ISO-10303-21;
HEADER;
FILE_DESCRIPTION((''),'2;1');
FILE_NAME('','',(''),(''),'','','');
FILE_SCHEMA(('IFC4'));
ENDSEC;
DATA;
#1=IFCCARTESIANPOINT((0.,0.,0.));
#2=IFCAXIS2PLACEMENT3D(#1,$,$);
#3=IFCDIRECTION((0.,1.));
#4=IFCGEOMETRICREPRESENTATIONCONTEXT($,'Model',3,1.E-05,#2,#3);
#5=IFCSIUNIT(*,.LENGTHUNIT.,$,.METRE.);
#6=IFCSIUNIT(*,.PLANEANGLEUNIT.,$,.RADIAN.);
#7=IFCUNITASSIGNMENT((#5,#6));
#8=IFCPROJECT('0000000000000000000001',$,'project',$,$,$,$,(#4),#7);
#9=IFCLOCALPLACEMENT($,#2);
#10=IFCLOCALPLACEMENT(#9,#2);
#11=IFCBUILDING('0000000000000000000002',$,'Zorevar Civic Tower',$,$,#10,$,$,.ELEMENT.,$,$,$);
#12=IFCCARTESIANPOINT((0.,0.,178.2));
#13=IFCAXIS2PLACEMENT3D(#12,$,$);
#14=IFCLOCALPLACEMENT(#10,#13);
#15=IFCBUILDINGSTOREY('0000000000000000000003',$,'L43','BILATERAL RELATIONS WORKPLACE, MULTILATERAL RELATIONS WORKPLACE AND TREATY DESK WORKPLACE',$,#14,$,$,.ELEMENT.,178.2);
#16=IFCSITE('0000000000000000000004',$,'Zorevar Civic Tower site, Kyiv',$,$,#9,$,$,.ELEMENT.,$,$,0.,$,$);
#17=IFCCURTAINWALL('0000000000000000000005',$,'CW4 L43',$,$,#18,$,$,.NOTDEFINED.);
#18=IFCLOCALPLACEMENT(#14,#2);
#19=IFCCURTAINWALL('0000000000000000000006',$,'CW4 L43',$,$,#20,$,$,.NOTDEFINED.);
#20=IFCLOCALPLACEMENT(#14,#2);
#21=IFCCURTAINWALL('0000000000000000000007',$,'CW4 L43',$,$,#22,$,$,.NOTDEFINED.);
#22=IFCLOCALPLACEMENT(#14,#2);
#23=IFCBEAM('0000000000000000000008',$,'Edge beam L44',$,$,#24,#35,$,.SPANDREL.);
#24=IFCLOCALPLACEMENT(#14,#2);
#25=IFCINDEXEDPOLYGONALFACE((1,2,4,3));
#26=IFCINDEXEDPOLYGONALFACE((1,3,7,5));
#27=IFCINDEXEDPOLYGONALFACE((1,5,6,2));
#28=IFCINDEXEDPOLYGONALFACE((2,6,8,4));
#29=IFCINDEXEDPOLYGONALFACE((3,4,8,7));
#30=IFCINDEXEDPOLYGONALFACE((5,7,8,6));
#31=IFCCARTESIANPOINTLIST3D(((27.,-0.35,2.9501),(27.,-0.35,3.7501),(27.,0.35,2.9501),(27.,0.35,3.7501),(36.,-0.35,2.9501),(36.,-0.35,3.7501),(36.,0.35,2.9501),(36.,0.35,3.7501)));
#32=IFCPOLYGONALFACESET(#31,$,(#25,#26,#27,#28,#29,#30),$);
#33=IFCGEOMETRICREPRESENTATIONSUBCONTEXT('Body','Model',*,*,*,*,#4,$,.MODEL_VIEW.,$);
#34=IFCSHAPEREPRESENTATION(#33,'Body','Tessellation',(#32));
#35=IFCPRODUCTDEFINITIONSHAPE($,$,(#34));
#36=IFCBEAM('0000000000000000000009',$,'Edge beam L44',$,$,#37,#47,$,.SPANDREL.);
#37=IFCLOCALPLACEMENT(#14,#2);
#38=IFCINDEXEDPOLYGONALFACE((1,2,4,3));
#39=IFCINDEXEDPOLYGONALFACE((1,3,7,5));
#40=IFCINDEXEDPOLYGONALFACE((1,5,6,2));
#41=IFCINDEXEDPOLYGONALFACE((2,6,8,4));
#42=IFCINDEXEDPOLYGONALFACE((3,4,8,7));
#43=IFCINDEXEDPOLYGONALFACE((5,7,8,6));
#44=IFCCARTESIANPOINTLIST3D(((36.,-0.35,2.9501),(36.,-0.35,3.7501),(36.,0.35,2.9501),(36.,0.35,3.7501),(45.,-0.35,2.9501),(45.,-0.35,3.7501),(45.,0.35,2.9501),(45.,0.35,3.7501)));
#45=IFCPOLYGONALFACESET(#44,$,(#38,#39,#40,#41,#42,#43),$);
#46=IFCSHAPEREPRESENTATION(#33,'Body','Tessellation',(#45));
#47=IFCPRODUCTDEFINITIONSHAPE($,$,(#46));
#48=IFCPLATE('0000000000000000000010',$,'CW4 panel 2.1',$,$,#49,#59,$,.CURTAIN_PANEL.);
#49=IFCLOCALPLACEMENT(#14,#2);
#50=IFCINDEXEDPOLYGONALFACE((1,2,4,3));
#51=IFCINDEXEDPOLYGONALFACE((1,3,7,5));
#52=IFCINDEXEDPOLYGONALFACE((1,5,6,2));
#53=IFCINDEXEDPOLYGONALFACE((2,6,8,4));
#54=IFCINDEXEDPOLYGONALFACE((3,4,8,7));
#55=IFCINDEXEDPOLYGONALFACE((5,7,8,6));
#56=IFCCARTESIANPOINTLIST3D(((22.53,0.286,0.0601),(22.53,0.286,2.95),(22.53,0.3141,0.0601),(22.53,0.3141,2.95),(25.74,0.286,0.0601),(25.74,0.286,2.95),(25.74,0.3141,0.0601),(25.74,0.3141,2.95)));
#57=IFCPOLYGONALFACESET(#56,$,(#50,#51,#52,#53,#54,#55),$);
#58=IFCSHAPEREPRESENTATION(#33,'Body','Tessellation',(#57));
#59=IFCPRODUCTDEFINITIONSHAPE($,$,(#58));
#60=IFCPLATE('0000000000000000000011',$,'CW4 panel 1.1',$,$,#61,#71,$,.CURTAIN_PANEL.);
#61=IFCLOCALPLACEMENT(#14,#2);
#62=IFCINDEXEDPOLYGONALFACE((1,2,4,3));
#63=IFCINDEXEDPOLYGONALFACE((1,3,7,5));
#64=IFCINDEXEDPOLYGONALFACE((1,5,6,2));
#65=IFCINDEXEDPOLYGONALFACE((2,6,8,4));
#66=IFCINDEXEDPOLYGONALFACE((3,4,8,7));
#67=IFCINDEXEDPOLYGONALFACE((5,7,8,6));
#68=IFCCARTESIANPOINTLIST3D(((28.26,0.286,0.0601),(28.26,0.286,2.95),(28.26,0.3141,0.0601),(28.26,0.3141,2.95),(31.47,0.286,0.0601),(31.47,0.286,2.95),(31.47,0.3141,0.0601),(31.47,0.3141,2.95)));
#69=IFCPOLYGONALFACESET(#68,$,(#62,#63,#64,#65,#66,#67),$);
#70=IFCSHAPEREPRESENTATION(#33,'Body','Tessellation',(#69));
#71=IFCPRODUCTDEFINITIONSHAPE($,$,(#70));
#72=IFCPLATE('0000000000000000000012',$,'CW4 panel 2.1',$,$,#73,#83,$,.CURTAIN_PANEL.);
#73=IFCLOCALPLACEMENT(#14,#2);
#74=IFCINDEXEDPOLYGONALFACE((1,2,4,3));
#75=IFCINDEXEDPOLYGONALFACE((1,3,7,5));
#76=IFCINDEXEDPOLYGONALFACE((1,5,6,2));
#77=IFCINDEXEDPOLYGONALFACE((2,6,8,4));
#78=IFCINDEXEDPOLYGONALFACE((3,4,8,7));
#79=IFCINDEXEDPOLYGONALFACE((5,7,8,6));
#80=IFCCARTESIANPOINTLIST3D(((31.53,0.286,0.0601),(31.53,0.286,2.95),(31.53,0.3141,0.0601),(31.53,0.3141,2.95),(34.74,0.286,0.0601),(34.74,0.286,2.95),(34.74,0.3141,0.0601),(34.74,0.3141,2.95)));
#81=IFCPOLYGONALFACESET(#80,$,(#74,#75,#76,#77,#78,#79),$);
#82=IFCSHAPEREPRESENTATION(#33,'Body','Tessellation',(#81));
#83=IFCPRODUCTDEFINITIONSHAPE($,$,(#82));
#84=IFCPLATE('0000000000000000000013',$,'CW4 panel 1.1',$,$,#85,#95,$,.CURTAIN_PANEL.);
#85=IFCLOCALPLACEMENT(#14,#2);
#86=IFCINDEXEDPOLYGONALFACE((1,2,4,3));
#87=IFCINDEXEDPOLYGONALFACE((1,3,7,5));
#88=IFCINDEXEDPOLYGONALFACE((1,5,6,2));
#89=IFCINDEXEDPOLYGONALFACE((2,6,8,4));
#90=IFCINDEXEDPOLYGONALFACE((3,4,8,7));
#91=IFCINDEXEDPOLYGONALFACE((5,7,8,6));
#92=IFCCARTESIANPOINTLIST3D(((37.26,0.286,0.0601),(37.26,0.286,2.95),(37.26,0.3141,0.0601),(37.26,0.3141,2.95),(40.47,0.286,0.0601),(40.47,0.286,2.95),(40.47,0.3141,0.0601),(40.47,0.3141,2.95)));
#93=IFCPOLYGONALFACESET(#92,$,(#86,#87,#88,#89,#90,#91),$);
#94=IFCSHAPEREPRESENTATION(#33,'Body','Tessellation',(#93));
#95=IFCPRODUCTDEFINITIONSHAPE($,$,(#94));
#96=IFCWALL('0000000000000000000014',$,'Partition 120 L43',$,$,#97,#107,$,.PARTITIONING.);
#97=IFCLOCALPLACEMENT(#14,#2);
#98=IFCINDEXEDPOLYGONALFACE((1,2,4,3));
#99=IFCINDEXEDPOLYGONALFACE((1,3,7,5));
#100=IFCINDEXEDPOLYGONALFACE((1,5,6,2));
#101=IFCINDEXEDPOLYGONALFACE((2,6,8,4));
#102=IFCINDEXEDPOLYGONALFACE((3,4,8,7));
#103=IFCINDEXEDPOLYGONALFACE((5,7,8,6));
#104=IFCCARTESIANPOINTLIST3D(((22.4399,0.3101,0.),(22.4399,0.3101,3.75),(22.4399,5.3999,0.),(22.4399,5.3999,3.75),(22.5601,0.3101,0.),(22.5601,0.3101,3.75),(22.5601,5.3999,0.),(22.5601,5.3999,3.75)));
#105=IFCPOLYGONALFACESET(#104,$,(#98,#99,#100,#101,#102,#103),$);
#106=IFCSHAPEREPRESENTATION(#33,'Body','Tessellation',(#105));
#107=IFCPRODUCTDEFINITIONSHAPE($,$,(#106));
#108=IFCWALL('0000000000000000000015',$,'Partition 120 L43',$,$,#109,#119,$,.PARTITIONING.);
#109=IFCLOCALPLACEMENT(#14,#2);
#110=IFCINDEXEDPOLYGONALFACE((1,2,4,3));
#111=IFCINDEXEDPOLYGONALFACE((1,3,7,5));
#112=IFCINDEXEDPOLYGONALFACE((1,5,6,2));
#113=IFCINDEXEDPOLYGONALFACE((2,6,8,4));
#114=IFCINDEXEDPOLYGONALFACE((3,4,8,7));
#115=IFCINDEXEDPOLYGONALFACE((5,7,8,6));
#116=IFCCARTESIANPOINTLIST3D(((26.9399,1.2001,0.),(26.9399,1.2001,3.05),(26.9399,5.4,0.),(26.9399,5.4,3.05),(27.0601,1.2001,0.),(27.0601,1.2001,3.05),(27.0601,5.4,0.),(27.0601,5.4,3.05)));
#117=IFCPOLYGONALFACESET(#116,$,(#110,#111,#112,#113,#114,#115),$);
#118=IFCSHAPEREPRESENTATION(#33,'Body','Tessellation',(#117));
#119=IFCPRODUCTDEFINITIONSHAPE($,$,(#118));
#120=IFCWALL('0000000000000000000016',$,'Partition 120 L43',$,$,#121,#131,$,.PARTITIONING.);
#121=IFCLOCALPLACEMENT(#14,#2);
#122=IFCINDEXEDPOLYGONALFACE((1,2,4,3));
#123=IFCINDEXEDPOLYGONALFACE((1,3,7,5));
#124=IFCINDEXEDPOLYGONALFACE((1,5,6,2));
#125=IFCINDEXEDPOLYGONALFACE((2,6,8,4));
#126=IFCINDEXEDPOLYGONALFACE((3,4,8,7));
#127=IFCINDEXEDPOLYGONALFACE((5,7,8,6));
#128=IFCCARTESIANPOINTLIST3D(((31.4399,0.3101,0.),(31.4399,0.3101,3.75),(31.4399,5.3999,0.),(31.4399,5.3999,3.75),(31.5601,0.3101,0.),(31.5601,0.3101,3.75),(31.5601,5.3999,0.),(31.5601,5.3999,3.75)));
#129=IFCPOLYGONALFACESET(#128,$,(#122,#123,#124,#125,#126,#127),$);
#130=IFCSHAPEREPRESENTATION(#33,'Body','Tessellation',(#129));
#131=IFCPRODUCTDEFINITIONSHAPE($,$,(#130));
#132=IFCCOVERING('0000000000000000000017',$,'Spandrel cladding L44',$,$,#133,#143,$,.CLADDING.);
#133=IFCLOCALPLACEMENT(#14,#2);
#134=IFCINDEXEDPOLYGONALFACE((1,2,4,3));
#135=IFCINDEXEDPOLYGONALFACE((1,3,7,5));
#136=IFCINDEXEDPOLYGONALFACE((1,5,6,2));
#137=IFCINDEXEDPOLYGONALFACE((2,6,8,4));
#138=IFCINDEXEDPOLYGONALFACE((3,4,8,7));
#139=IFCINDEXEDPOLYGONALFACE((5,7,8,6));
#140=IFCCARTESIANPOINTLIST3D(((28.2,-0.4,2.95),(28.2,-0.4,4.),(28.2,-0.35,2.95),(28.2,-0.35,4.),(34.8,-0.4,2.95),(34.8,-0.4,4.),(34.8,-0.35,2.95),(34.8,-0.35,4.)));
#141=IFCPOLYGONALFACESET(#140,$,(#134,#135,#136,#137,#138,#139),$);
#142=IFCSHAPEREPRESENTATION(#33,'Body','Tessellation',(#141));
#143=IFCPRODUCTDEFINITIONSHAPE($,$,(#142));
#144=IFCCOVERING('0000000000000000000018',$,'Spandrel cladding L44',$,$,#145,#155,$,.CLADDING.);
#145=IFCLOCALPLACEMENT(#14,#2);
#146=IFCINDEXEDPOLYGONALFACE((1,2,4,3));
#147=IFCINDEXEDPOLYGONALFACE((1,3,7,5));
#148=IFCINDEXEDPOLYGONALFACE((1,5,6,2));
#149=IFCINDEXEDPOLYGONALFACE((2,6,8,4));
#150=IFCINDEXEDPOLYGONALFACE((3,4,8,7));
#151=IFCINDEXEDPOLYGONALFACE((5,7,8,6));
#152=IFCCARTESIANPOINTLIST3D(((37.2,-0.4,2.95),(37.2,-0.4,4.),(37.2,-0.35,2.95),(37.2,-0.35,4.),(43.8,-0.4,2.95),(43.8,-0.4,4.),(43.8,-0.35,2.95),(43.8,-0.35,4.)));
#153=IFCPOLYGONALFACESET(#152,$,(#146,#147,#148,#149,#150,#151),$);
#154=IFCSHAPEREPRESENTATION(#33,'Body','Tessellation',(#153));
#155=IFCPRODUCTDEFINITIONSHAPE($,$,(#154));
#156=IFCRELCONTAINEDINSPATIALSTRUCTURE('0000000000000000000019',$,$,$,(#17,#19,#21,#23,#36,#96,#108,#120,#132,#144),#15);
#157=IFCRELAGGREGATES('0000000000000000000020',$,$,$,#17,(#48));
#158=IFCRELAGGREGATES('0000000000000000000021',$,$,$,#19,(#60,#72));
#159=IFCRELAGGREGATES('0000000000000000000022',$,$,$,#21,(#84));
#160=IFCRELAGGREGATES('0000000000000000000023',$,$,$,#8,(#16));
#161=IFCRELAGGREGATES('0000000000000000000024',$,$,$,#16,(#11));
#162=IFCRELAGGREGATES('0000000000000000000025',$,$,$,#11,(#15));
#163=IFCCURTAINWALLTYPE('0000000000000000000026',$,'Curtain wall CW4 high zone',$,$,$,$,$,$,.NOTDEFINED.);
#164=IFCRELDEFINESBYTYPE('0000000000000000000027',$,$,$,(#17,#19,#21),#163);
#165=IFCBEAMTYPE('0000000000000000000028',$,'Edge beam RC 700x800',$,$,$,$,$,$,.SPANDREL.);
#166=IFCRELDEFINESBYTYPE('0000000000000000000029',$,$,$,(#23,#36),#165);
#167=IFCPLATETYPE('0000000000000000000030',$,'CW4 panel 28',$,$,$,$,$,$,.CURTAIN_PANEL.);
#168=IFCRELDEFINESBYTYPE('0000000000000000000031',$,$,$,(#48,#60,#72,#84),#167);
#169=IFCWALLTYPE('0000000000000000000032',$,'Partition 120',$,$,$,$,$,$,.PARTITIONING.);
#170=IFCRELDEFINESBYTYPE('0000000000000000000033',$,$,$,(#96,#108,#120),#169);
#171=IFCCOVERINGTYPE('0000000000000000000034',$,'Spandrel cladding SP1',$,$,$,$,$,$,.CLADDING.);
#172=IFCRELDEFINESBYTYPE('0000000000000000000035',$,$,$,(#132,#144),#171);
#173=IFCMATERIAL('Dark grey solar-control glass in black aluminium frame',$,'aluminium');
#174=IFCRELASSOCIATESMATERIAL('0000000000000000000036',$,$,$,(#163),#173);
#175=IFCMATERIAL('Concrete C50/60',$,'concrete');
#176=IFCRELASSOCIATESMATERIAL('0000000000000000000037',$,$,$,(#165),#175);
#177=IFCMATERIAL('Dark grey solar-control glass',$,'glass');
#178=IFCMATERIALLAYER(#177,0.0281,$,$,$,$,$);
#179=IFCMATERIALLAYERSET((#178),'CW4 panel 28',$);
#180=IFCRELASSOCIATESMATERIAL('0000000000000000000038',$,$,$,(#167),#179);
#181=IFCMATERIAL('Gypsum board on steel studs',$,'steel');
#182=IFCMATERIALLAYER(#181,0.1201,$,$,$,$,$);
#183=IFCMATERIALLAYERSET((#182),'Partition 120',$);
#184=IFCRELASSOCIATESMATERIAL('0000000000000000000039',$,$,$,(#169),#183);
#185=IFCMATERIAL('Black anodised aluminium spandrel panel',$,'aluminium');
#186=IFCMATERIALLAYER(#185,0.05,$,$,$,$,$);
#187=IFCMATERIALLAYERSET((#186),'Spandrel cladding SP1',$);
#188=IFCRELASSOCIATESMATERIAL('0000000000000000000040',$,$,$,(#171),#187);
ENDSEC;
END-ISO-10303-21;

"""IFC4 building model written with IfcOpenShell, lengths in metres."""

from ifc_helpers import new_model, si_unit, direction, frame, frame_2d, origin, origin_2d, place, context, subcontext, project, spatial, rectangle, extrude, material, layer, layer_set, material_profile, profile_set, type_object, element, aggregate, save


model = new_model("IFC4")

# Units and contexts
model_context = context("Model", 3, precision=1e-05, world=origin(), true_north=direction((0.0, 1.0)))
body_context = subcontext(model_context, "Body", "Model", "MODEL_VIEW")
ifc_project = project(units=[si_unit("LENGTHUNIT", "METRE"), si_unit("PLANEANGLEUNIT", "RADIAN")], contexts=[model_context])

# Site, building, storey
site_placement = place(None, origin())
site = spatial("IfcSite", under=ifc_project, at=site_placement, Name="Zorevar Civic Tower site, Kyiv", CompositionType="ELEMENT", RefElevation=0.0)
building_placement = place(site_placement, origin())
building = spatial("IfcBuilding", under=site, at=building_placement, Name="Zorevar Civic Tower", CompositionType="ELEMENT")
storey_placement = place(building_placement, frame((0.0, 0.0, 178.2)))
storey = spatial("IfcBuildingStorey", under=building, at=storey_placement, Name="L43", Description="BILATERAL RELATIONS WORKPLACE, MULTILATERAL RELATIONS WORKPLACE AND TREATY DESK WORKPLACE", CompositionType="ELEMENT", Elevation=178.2)

# Curtain walls
ifc_material_1 = material(Name="Dark grey solar-control glass in black aluminium frame", Category="aluminium")
curtain_wall_type = type_object("IfcCurtainWallType", Name="Curtain wall CW4 high zone", PredefinedType="NOTDEFINED", material=ifc_material_1)
curtain_wall_1_placement = place(storey_placement, origin())
curtain_wall_1 = element("IfcCurtainWall", 1, at=curtain_wall_1_placement, inside=storey, type_object=curtain_wall_type, Name="CW4 L43", PredefinedType="NOTDEFINED")
curtain_wall_2_placement = place(storey_placement, origin())
curtain_wall_2 = element("IfcCurtainWall", 2, at=curtain_wall_2_placement, inside=storey, type_object=curtain_wall_type, Name="CW4 L43", PredefinedType="NOTDEFINED")

# Curtain wall
curtain_wall_3_placement = place(storey_placement, origin())
curtain_wall_3 = element("IfcCurtainWall", 3, at=curtain_wall_3_placement, inside=storey, type_object=curtain_wall_type, Name="CW4 L43", PredefinedType="NOTDEFINED")

# Beams
ifc_material_2 = material(Name="Concrete C50/60", Category="concrete")
ifc_material_profile_1 = material_profile(ifc_material_2, rectangle(XDim=0.7, YDim=0.8, at=origin_2d()), Name="RC 700x800")
ifc_profile_set_1 = profile_set([ifc_material_profile_1], Name="Concrete C50/60")
beam_type_1 = type_object("IfcBeamType", Name="Edge beam RC 700x800", PredefinedType="SPANDREL", material=ifc_profile_set_1)
for number, where, z_axis, x_axis, name in (
    (4, (27.0, 0.0, 3.3501), (1.0, 0.0, 0.0), (0.0, 1.0, 0.0), "Edge beam L44"),
    (5, (36.0, 0.0, 3.3501), (1.0, 0.0, 0.0), (0.0, 1.0, 0.0), "Edge beam L44"),
):
    element("IfcBeam", number, at=place(storey_placement, frame(where, z_axis=z_axis, x_axis=x_axis)), inside=storey, type_object=beam_type_1, Name=name, PredefinedType="SPANDREL", context=body_context, shape_type="SweptSolid", body=[
        extrude(rectangle(XDim=0.7, YDim=0.8, at=origin_2d()), origin(), (0.0, 0.0, 1.0), 9.0),
    ])

# Plates
ifc_material_3 = material(Name="Dark grey solar-control glass", Category="glass")
ifc_layer_1 = layer(ifc_material_3, 0.0281)
ifc_layer_set_1 = layer_set([ifc_layer_1], Name="CW4 panel 28")
plate_type = type_object("IfcPlateType", Name="CW4 panel 28", PredefinedType="CURTAIN_PANEL", material=ifc_layer_set_1)
plate_1_placement = place(storey_placement, frame((24.135, 0.3, 0.0601), z_axis=(0.0, 0.0, 1.0), x_axis=(1.0, 0.0, 0.0)))
plate_1 = element("IfcPlate", 6, at=plate_1_placement, type_object=plate_type, Name="CW4 panel 2.1", PredefinedType="CURTAIN_PANEL", context=body_context, shape_type="SweptSolid", body=[
    extrude(rectangle(XDim=3.21, YDim=0.0281, at=origin_2d()), origin(), (0.0, 0.0, 1.0), 2.8899),
])
aggregate(curtain_wall_1, [plate_1])
plate_2_placement = place(storey_placement, frame((29.865, 0.3, 0.0601), z_axis=(0.0, 0.0, 1.0), x_axis=(1.0, 0.0, 0.0)))
plate_2 = element("IfcPlate", 7, at=plate_2_placement, type_object=plate_type, Name="CW4 panel 1.1", PredefinedType="CURTAIN_PANEL", context=body_context, shape_type="SweptSolid", body=[
    extrude(rectangle(XDim=3.21, YDim=0.0281, at=origin_2d()), origin(), (0.0, 0.0, 1.0), 2.8899),
])
plate_3_placement = place(storey_placement, frame((33.135, 0.3, 0.0601), z_axis=(0.0, 0.0, 1.0), x_axis=(1.0, 0.0, 0.0)))
plate_3 = element("IfcPlate", 8, at=plate_3_placement, type_object=plate_type, Name="CW4 panel 2.1", PredefinedType="CURTAIN_PANEL", context=body_context, shape_type="SweptSolid", body=[
    extrude(rectangle(XDim=3.21, YDim=0.0281, at=origin_2d()), origin(), (0.0, 0.0, 1.0), 2.8899),
])
aggregate(curtain_wall_2, [plate_2, plate_3])
plate_4_placement = place(storey_placement, frame((38.865, 0.3, 0.0601), z_axis=(0.0, 0.0, 1.0), x_axis=(1.0, 0.0, 0.0)))
plate_4 = element("IfcPlate", 9, at=plate_4_placement, type_object=plate_type, Name="CW4 panel 1.1", PredefinedType="CURTAIN_PANEL", context=body_context, shape_type="SweptSolid", body=[
    extrude(rectangle(XDim=3.21, YDim=0.0281, at=origin_2d()), origin(), (0.0, 0.0, 1.0), 2.8899),
])
aggregate(curtain_wall_3, [plate_4])

# Walls
ifc_material_4 = material(Name="Gypsum board on steel studs", Category="steel")
ifc_layer_2 = layer(ifc_material_4, 0.1201)
ifc_layer_set_2 = layer_set([ifc_layer_2], Name="Partition 120")
wall_type = type_object("IfcWallType", Name="Partition 120", PredefinedType="PARTITIONING", material=ifc_layer_set_2)
wall_1_placement = place(storey_placement, frame((22.5, 0.3101, 0.0), z_axis=(0.0, 0.0, 1.0), x_axis=(0.0, 1.0, 0.0)))
element("IfcWall", 10, at=wall_1_placement, inside=storey, type_object=wall_type, Name="Partition 120 L43", PredefinedType="PARTITIONING", context=body_context, shape_type="SweptSolid", body=[
    extrude(rectangle(XDim=5.0898, YDim=0.1201, at=frame_2d((2.5449, 0.0))), origin(), (0.0, 0.0, 1.0), 3.75),
])
wall_2_placement = place(storey_placement, frame((27.0, 1.2, 0.0), z_axis=(0.0, 0.0, 1.0), x_axis=(0.0, 1.0, 0.0)))
element("IfcWall", 11, at=wall_2_placement, inside=storey, type_object=wall_type, Name="Partition 120 L43", PredefinedType="PARTITIONING", context=body_context, shape_type="SweptSolid", body=[
    extrude(rectangle(XDim=4.2, YDim=0.1201, at=frame_2d((2.1001, 0.0))), origin(), (0.0, 0.0, 1.0), 3.05),
])
wall_3_placement = place(storey_placement, frame((31.5, 0.3101, 0.0), z_axis=(0.0, 0.0, 1.0), x_axis=(0.0, 1.0, 0.0)))
element("IfcWall", 12, at=wall_3_placement, inside=storey, type_object=wall_type, Name="Partition 120 L43", PredefinedType="PARTITIONING", context=body_context, shape_type="SweptSolid", body=[
    extrude(rectangle(XDim=5.0898, YDim=0.1201, at=frame_2d((2.5449, 0.0))), origin(), (0.0, 0.0, 1.0), 3.75),
])

# Coverings
ifc_material_5 = material(Name="Black anodised aluminium spandrel panel", Category="aluminium")
ifc_layer_3 = layer(ifc_material_5, 0.05)
ifc_layer_set_3 = layer_set([ifc_layer_3], Name="Spandrel cladding SP1")
covering_type = type_object("IfcCoveringType", Name="Spandrel cladding SP1", PredefinedType="CLADDING", material=ifc_layer_set_3)
for number, where, z_axis, x_axis, name in (
    (13, (28.2, -0.375, 2.95), (0.0, 0.0, 1.0), (1.0, 0.0, 0.0), "Spandrel cladding L44"),
    (14, (37.2, -0.375, 2.95), (0.0, 0.0, 1.0), (1.0, 0.0, 0.0), "Spandrel cladding L44"),
):
    element("IfcCovering", number, at=place(storey_placement, frame(where, z_axis=z_axis, x_axis=x_axis)), inside=storey, type_object=covering_type, Name=name, PredefinedType="CLADDING", context=body_context, shape_type="SweptSolid", body=[
        extrude(rectangle(XDim=6.6001, YDim=0.05, at=frame_2d((3.3, 0.0))), origin(), (0.0, 0.0, 1.0), 1.05),
    ])

save(model, "model.ifc")
